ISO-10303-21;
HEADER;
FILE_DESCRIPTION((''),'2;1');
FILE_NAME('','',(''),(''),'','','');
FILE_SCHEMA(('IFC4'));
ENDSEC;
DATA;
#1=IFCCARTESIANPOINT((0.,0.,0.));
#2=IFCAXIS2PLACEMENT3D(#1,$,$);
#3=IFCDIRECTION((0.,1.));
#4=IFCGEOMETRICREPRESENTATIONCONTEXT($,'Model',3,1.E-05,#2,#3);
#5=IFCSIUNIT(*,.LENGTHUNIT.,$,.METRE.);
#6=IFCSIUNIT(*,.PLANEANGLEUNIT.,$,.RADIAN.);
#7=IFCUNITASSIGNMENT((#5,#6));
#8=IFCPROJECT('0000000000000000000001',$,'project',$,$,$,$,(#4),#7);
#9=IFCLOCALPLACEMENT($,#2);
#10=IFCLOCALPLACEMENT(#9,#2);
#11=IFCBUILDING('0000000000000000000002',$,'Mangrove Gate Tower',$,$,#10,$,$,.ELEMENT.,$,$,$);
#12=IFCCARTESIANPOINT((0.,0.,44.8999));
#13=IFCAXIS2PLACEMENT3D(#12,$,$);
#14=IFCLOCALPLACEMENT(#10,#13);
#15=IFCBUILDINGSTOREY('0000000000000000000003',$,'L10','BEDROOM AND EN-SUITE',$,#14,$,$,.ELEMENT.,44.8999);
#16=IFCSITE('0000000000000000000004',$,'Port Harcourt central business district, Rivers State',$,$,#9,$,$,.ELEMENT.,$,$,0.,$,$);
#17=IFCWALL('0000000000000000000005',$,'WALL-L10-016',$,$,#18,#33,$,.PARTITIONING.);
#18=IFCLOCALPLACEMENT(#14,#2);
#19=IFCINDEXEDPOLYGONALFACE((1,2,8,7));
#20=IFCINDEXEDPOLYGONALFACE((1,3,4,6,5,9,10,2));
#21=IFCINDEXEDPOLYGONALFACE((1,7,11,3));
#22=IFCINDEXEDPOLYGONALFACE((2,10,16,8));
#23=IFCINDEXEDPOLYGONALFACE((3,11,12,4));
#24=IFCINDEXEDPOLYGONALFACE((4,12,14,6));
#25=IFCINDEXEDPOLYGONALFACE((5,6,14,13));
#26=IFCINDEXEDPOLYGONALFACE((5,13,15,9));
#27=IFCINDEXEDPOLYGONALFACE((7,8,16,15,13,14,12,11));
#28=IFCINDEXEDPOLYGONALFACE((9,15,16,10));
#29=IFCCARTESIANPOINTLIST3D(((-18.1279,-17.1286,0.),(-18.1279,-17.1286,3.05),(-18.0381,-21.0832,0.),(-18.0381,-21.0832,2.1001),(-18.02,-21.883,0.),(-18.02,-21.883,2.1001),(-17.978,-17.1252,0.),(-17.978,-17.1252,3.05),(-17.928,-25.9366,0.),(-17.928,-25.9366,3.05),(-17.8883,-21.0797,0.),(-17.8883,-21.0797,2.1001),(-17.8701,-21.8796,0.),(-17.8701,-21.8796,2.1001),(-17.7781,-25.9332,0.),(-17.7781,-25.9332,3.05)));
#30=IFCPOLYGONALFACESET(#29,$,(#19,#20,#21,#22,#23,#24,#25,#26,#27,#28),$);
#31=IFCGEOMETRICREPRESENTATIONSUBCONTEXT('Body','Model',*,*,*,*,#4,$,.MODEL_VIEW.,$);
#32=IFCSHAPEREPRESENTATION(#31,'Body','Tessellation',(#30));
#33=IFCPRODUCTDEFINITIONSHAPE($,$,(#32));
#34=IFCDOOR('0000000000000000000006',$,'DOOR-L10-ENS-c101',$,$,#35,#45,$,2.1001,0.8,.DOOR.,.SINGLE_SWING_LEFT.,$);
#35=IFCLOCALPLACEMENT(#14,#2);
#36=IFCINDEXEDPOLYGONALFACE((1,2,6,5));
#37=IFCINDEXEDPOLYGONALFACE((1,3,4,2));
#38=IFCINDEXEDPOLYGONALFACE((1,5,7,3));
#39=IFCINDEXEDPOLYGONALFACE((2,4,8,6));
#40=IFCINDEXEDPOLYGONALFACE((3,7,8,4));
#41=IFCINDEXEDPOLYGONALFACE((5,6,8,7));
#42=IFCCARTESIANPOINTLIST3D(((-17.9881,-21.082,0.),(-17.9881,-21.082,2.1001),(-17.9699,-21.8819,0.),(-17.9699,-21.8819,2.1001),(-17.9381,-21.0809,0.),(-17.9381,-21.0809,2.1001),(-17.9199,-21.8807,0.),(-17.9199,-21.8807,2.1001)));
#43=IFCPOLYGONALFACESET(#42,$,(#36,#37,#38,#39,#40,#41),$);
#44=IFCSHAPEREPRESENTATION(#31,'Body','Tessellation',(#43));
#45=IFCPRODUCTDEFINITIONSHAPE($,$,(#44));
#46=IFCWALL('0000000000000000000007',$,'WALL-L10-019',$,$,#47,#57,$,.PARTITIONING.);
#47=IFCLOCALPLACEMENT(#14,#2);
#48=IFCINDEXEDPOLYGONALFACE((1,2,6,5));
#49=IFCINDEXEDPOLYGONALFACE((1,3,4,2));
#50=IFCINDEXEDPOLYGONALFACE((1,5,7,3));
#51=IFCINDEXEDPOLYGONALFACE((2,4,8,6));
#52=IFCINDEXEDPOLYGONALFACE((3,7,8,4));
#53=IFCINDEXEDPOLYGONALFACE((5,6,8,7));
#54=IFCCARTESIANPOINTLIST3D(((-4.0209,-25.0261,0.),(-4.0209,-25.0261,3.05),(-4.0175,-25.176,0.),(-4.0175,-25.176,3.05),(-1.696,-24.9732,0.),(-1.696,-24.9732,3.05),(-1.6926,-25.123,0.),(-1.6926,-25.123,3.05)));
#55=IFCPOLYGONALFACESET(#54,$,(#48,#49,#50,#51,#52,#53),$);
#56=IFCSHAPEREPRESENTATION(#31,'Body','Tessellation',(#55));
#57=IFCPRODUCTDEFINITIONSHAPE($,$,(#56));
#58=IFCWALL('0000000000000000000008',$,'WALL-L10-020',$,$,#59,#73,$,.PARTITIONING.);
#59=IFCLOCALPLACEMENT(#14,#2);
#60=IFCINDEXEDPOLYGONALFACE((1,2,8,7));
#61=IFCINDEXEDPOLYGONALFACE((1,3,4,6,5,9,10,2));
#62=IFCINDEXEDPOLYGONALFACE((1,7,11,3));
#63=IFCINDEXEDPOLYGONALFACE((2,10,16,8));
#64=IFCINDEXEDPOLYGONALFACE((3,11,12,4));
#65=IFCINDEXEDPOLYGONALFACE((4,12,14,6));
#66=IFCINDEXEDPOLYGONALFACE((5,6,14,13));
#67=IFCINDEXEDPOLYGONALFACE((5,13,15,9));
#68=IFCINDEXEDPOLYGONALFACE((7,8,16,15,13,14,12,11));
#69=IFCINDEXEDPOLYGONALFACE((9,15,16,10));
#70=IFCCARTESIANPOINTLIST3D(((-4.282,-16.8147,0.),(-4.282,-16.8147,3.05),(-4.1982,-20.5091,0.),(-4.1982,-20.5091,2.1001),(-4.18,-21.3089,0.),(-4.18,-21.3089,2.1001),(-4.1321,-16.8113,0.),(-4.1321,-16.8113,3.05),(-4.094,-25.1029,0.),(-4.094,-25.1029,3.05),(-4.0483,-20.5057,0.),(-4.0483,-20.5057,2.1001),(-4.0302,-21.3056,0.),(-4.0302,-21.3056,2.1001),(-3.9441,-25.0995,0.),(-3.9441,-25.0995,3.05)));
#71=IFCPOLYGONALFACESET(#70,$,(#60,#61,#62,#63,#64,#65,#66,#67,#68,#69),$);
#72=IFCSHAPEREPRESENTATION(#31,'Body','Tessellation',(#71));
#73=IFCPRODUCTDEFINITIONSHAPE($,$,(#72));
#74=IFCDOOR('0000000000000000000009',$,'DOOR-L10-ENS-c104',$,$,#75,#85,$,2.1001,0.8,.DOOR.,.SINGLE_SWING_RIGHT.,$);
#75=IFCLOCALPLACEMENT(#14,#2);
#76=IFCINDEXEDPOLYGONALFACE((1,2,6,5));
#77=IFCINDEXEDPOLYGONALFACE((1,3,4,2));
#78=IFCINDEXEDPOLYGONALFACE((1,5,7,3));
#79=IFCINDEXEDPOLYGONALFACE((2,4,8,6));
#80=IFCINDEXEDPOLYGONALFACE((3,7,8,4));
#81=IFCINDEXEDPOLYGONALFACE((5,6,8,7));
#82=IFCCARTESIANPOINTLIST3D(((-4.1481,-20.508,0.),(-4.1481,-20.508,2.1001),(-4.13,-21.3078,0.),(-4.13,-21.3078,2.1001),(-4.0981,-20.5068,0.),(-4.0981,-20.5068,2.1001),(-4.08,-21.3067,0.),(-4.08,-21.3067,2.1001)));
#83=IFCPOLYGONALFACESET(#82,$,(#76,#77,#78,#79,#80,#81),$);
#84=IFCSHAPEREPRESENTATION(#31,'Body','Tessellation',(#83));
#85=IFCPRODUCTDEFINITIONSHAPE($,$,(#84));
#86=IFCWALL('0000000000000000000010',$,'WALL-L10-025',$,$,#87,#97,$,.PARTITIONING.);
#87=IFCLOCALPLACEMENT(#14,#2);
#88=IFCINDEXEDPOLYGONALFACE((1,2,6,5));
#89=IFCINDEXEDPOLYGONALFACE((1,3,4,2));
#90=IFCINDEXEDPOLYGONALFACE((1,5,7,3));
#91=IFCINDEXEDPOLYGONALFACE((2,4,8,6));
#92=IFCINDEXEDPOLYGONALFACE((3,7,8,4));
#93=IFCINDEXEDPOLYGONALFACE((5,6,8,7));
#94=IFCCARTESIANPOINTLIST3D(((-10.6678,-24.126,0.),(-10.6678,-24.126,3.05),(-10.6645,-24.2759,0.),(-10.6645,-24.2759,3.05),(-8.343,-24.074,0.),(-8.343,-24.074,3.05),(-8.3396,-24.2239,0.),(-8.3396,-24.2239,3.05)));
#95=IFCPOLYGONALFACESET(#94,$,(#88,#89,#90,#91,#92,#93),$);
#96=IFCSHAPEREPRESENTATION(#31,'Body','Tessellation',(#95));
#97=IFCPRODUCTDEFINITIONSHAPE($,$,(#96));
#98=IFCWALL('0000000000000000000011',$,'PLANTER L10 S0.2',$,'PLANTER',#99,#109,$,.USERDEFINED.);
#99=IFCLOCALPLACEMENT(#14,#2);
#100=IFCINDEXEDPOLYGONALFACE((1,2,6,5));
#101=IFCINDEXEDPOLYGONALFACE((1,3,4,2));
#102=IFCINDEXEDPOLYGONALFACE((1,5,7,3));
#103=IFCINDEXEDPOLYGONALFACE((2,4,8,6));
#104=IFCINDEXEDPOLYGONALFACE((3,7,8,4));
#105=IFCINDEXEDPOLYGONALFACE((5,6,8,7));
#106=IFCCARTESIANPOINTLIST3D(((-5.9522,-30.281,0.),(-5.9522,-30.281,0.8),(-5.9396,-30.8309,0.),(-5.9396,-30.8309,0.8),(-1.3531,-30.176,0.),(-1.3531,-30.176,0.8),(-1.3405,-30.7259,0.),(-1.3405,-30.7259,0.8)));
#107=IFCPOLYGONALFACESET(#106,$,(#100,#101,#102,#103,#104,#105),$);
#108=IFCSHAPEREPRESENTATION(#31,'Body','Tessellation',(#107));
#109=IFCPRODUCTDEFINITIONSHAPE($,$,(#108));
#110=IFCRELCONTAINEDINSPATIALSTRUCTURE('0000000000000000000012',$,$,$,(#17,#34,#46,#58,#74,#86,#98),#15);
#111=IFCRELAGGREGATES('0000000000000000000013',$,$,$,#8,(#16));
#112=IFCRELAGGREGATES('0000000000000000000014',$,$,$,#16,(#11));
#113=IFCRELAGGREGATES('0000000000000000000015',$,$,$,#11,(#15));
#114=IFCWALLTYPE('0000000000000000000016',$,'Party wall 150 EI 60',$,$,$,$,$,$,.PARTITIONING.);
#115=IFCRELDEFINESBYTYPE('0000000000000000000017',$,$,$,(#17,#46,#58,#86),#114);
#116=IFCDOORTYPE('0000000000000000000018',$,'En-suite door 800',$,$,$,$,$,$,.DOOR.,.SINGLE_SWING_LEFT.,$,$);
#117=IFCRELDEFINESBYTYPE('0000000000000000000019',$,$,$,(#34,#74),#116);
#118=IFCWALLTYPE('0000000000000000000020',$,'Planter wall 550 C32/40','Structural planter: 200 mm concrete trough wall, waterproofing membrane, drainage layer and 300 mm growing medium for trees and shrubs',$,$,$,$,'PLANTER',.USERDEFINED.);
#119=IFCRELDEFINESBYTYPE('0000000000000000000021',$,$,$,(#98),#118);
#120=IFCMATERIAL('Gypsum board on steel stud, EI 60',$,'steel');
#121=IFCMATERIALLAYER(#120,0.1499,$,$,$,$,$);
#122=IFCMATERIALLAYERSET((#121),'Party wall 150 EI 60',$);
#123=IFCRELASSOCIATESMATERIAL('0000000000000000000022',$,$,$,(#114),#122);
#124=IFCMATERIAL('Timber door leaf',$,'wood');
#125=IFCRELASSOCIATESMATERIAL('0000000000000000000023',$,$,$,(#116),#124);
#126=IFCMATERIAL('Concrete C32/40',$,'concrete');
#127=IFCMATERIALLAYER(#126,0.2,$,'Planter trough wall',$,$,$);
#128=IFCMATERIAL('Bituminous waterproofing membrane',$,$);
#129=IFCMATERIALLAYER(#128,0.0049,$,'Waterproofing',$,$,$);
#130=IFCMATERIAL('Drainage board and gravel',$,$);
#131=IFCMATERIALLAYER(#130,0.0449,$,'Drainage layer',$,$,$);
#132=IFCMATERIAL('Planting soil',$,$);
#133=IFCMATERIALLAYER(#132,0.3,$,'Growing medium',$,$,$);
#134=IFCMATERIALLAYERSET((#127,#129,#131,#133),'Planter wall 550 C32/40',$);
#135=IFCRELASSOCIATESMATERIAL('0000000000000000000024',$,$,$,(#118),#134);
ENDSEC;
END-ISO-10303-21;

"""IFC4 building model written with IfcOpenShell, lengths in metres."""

from ifc_helpers import new_model, si_unit, direction, frame, frame_2d, origin, place, context, subcontext, project, spatial, rectangle, extrude, material, layer, layer_set, type_object, element, fill, save


model = new_model("IFC4")

# Units and contexts
model_context = context("Model", 3, precision=1e-05, world=origin(), true_north=direction((0.0, 1.0)))
body_context = subcontext(model_context, "Body", "Model", "MODEL_VIEW")
ifc_project = project(units=[si_unit("LENGTHUNIT", "METRE"), si_unit("PLANEANGLEUNIT", "RADIAN")], contexts=[model_context])

# Site, building, storey
site_placement = place(None, origin())
site = spatial("IfcSite", under=ifc_project, at=site_placement, Name="Port Harcourt central business district, Rivers State", CompositionType="ELEMENT", RefElevation=0.0)
building_placement = place(site_placement, origin())
building = spatial("IfcBuilding", under=site, at=building_placement, Name="Mangrove Gate Tower", CompositionType="ELEMENT")
storey_placement = place(building_placement, frame((0.0, 0.0, 44.8999)))
storey = spatial("IfcBuildingStorey", under=building, at=storey_placement, Name="L10", Description="BEDROOM AND EN-SUITE", CompositionType="ELEMENT", Elevation=44.8999)

# Shared definitions
ifc_material_1 = material(Name="Gypsum board on steel stud, EI 60", Category="steel")
ifc_layer_1 = layer(ifc_material_1, 0.1499)
ifc_layer_set_1 = layer_set([ifc_layer_1], Name="Party wall 150 EI 60")
wall_type_1 = type_object("IfcWallType", Name="Party wall 150 EI 60", PredefinedType="PARTITIONING", material=ifc_layer_set_1)

# Wall, opening, door
ifc_material_2 = material(Name="Timber door leaf", Category="wood")
door_type = type_object("IfcDoorType", Name="En-suite door 800", OperationType="SINGLE_SWING_LEFT", PredefinedType="DOOR", material=ifc_material_2)
wall_1_placement = place(storey_placement, frame((-17.853, -25.9351, 0.0), z_axis=(0.0, 0.0, 1.0), x_axis=(-0.022695, 0.999742, 0.0)))
wall_1 = element("IfcWall", 1, at=wall_1_placement, inside=storey, type_object=wall_type_1, Name="WALL-L10-016", PredefinedType="PARTITIONING", context=body_context, shape_type="SweptSolid", body=[
    extrude(rectangle(XDim=8.8103, YDim=0.1499, at=frame_2d((4.4053, 0.0))), origin(), (0.0, 0.0, 1.0), 3.05),
])
opening_1_placement = place(wall_1_placement, frame((4.0549, 0.0, 0.0)))
opening_1 = element("IfcOpeningElement", 2, at=opening_1_placement, cuts=wall_1, PredefinedType="OPENING", context=body_context, shape_type="SweptSolid", body=[
    extrude(rectangle(XDim=0.8, YDim=2.1001, at=frame_2d((0.3999, 1.05))), frame((0.0, 0.085, 0.0), z_axis=(0.0, -1.0, 0.0), x_axis=(1.0, 0.0, 0.0)), (0.0, 0.0, 1.0), 0.1699),
])
door_1_placement = place(opening_1_placement, origin())
door_1 = element("IfcDoor", 3, at=door_1_placement, inside=storey, type_object=door_type, Name="DOOR-L10-ENS-c101", OperationType="SINGLE_SWING_LEFT", OverallHeight=2.1001, OverallWidth=0.8, PredefinedType="DOOR", context=body_context, shape_type="SweptSolid", body=[
    extrude(rectangle(XDim=0.8, YDim=2.1001, at=frame_2d((0.3999, 1.05))), frame((0.0, 0.0249, 0.0), z_axis=(0.0, -1.0, 0.0), x_axis=(1.0, 0.0, 0.0)), (0.0, 0.0, 1.0), 0.05),
])
fill(opening_1, door_1)

# Wall
wall_2_placement = place(storey_placement, frame((-4.019, -25.1011, 0.0), z_axis=(0.0, 0.0, 1.0), x_axis=(0.99974, 0.022781, 0.0)))
element("IfcWall", 4, at=wall_2_placement, inside=storey, type_object=wall_type_1, Name="WALL-L10-019", PredefinedType="PARTITIONING", context=body_context, shape_type="SweptSolid", body=[
    extrude(rectangle(XDim=2.3254, YDim=0.1499, at=frame_2d((1.1626, 0.0))), origin(), (0.0, 0.0, 1.0), 3.05),
])

# Wall, opening, door
wall_3_placement = place(storey_placement, frame((-4.019, -25.1011, 0.0), z_axis=(0.0, 0.0, 1.0), x_axis=(-0.022676, 0.999743, 0.0)))
wall_3 = element("IfcWall", 5, at=wall_3_placement, inside=storey, type_object=wall_type_1, Name="WALL-L10-020", PredefinedType="PARTITIONING", context=body_context, shape_type="SweptSolid", body=[
    extrude(rectangle(XDim=8.2903, YDim=0.1499, at=frame_2d((4.145, 0.0))), origin(), (0.0, 0.0, 1.0), 3.05),
])
opening_2_placement = place(wall_3_placement, frame((3.7949, 0.0, 0.0)))
opening_2 = element("IfcOpeningElement", 6, at=opening_2_placement, cuts=wall_3, PredefinedType="OPENING", context=body_context, shape_type="SweptSolid", body=[
    extrude(rectangle(XDim=0.8, YDim=2.1001, at=frame_2d((0.3999, 1.05))), frame((0.0, 0.085, 0.0), z_axis=(0.0, -1.0, 0.0), x_axis=(1.0, 0.0, 0.0)), (0.0, 0.0, 1.0), 0.1699),
])
door_2_placement = place(opening_2_placement, origin())
door_2 = element("IfcDoor", 7, at=door_2_placement, inside=storey, type_object=door_type, Name="DOOR-L10-ENS-c104", OperationType="SINGLE_SWING_RIGHT", OverallHeight=2.1001, OverallWidth=0.8, PredefinedType="DOOR", context=body_context, shape_type="SweptSolid", body=[
    extrude(rectangle(XDim=0.8, YDim=2.1001, at=frame_2d((0.3999, 1.05))), frame((0.0, 0.0249, 0.0), z_axis=(0.0, -1.0, 0.0), x_axis=(1.0, 0.0, 0.0)), (0.0, 0.0, 1.0), 0.05),
])
fill(opening_2, door_2)

# Walls
wall_4_placement = place(storey_placement, frame((-10.666, -24.2009, 0.0), z_axis=(0.0, 0.0, 1.0), x_axis=(0.99975, 0.022361, 0.0)))
element("IfcWall", 8, at=wall_4_placement, inside=storey, type_object=wall_type_1, Name="WALL-L10-025", PredefinedType="PARTITIONING", context=body_context, shape_type="SweptSolid", body=[
    extrude(rectangle(XDim=2.3254, YDim=0.1499, at=frame_2d((1.1626, 0.0))), origin(), (0.0, 0.0, 1.0), 3.05),
])
ifc_material_3 = material(Name="Concrete C32/40", Category="concrete")
ifc_layer_2 = layer(ifc_material_3, 0.2, Name="Planter trough wall")
ifc_material_4 = material(Name="Bituminous waterproofing membrane")
ifc_layer_3 = layer(ifc_material_4, 0.0049, Name="Waterproofing")
ifc_material_5 = material(Name="Drainage board and gravel")
ifc_layer_4 = layer(ifc_material_5, 0.0449, Name="Drainage layer")
ifc_material_6 = material(Name="Planting soil")
ifc_layer_5 = layer(ifc_material_6, 0.3, Name="Growing medium")
ifc_layer_set_2 = layer_set([ifc_layer_2, ifc_layer_3, ifc_layer_4, ifc_layer_5], Name="Planter wall 550 C32/40")
wall_type_2 = type_object("IfcWallType", Name="Planter wall 550 C32/40", Description="Structural planter: 200 mm concrete trough wall, waterproofing membrane, drainage layer and 300 mm growing medium for trees and shrubs", ElementType="PLANTER", PredefinedType="USERDEFINED", material=ifc_layer_set_2)
wall_5_placement = place(storey_placement, frame((-5.946, -30.5559, 0.0), z_axis=(0.0, 0.0, 1.0), x_axis=(0.99974, 0.02282, 0.0)))
element("IfcWall", 9, at=wall_5_placement, inside=storey, type_object=wall_type_2, Name="PLANTER L10 S0.2", ObjectType="PLANTER", PredefinedType="USERDEFINED", context=body_context, shape_type="SweptSolid", body=[
    extrude(rectangle(XDim=4.6003, YDim=0.55, at=frame_2d((2.3003, 0.0))), origin(), (0.0, 0.0, 1.0), 0.8),
])

save(model, "model.ifc")
